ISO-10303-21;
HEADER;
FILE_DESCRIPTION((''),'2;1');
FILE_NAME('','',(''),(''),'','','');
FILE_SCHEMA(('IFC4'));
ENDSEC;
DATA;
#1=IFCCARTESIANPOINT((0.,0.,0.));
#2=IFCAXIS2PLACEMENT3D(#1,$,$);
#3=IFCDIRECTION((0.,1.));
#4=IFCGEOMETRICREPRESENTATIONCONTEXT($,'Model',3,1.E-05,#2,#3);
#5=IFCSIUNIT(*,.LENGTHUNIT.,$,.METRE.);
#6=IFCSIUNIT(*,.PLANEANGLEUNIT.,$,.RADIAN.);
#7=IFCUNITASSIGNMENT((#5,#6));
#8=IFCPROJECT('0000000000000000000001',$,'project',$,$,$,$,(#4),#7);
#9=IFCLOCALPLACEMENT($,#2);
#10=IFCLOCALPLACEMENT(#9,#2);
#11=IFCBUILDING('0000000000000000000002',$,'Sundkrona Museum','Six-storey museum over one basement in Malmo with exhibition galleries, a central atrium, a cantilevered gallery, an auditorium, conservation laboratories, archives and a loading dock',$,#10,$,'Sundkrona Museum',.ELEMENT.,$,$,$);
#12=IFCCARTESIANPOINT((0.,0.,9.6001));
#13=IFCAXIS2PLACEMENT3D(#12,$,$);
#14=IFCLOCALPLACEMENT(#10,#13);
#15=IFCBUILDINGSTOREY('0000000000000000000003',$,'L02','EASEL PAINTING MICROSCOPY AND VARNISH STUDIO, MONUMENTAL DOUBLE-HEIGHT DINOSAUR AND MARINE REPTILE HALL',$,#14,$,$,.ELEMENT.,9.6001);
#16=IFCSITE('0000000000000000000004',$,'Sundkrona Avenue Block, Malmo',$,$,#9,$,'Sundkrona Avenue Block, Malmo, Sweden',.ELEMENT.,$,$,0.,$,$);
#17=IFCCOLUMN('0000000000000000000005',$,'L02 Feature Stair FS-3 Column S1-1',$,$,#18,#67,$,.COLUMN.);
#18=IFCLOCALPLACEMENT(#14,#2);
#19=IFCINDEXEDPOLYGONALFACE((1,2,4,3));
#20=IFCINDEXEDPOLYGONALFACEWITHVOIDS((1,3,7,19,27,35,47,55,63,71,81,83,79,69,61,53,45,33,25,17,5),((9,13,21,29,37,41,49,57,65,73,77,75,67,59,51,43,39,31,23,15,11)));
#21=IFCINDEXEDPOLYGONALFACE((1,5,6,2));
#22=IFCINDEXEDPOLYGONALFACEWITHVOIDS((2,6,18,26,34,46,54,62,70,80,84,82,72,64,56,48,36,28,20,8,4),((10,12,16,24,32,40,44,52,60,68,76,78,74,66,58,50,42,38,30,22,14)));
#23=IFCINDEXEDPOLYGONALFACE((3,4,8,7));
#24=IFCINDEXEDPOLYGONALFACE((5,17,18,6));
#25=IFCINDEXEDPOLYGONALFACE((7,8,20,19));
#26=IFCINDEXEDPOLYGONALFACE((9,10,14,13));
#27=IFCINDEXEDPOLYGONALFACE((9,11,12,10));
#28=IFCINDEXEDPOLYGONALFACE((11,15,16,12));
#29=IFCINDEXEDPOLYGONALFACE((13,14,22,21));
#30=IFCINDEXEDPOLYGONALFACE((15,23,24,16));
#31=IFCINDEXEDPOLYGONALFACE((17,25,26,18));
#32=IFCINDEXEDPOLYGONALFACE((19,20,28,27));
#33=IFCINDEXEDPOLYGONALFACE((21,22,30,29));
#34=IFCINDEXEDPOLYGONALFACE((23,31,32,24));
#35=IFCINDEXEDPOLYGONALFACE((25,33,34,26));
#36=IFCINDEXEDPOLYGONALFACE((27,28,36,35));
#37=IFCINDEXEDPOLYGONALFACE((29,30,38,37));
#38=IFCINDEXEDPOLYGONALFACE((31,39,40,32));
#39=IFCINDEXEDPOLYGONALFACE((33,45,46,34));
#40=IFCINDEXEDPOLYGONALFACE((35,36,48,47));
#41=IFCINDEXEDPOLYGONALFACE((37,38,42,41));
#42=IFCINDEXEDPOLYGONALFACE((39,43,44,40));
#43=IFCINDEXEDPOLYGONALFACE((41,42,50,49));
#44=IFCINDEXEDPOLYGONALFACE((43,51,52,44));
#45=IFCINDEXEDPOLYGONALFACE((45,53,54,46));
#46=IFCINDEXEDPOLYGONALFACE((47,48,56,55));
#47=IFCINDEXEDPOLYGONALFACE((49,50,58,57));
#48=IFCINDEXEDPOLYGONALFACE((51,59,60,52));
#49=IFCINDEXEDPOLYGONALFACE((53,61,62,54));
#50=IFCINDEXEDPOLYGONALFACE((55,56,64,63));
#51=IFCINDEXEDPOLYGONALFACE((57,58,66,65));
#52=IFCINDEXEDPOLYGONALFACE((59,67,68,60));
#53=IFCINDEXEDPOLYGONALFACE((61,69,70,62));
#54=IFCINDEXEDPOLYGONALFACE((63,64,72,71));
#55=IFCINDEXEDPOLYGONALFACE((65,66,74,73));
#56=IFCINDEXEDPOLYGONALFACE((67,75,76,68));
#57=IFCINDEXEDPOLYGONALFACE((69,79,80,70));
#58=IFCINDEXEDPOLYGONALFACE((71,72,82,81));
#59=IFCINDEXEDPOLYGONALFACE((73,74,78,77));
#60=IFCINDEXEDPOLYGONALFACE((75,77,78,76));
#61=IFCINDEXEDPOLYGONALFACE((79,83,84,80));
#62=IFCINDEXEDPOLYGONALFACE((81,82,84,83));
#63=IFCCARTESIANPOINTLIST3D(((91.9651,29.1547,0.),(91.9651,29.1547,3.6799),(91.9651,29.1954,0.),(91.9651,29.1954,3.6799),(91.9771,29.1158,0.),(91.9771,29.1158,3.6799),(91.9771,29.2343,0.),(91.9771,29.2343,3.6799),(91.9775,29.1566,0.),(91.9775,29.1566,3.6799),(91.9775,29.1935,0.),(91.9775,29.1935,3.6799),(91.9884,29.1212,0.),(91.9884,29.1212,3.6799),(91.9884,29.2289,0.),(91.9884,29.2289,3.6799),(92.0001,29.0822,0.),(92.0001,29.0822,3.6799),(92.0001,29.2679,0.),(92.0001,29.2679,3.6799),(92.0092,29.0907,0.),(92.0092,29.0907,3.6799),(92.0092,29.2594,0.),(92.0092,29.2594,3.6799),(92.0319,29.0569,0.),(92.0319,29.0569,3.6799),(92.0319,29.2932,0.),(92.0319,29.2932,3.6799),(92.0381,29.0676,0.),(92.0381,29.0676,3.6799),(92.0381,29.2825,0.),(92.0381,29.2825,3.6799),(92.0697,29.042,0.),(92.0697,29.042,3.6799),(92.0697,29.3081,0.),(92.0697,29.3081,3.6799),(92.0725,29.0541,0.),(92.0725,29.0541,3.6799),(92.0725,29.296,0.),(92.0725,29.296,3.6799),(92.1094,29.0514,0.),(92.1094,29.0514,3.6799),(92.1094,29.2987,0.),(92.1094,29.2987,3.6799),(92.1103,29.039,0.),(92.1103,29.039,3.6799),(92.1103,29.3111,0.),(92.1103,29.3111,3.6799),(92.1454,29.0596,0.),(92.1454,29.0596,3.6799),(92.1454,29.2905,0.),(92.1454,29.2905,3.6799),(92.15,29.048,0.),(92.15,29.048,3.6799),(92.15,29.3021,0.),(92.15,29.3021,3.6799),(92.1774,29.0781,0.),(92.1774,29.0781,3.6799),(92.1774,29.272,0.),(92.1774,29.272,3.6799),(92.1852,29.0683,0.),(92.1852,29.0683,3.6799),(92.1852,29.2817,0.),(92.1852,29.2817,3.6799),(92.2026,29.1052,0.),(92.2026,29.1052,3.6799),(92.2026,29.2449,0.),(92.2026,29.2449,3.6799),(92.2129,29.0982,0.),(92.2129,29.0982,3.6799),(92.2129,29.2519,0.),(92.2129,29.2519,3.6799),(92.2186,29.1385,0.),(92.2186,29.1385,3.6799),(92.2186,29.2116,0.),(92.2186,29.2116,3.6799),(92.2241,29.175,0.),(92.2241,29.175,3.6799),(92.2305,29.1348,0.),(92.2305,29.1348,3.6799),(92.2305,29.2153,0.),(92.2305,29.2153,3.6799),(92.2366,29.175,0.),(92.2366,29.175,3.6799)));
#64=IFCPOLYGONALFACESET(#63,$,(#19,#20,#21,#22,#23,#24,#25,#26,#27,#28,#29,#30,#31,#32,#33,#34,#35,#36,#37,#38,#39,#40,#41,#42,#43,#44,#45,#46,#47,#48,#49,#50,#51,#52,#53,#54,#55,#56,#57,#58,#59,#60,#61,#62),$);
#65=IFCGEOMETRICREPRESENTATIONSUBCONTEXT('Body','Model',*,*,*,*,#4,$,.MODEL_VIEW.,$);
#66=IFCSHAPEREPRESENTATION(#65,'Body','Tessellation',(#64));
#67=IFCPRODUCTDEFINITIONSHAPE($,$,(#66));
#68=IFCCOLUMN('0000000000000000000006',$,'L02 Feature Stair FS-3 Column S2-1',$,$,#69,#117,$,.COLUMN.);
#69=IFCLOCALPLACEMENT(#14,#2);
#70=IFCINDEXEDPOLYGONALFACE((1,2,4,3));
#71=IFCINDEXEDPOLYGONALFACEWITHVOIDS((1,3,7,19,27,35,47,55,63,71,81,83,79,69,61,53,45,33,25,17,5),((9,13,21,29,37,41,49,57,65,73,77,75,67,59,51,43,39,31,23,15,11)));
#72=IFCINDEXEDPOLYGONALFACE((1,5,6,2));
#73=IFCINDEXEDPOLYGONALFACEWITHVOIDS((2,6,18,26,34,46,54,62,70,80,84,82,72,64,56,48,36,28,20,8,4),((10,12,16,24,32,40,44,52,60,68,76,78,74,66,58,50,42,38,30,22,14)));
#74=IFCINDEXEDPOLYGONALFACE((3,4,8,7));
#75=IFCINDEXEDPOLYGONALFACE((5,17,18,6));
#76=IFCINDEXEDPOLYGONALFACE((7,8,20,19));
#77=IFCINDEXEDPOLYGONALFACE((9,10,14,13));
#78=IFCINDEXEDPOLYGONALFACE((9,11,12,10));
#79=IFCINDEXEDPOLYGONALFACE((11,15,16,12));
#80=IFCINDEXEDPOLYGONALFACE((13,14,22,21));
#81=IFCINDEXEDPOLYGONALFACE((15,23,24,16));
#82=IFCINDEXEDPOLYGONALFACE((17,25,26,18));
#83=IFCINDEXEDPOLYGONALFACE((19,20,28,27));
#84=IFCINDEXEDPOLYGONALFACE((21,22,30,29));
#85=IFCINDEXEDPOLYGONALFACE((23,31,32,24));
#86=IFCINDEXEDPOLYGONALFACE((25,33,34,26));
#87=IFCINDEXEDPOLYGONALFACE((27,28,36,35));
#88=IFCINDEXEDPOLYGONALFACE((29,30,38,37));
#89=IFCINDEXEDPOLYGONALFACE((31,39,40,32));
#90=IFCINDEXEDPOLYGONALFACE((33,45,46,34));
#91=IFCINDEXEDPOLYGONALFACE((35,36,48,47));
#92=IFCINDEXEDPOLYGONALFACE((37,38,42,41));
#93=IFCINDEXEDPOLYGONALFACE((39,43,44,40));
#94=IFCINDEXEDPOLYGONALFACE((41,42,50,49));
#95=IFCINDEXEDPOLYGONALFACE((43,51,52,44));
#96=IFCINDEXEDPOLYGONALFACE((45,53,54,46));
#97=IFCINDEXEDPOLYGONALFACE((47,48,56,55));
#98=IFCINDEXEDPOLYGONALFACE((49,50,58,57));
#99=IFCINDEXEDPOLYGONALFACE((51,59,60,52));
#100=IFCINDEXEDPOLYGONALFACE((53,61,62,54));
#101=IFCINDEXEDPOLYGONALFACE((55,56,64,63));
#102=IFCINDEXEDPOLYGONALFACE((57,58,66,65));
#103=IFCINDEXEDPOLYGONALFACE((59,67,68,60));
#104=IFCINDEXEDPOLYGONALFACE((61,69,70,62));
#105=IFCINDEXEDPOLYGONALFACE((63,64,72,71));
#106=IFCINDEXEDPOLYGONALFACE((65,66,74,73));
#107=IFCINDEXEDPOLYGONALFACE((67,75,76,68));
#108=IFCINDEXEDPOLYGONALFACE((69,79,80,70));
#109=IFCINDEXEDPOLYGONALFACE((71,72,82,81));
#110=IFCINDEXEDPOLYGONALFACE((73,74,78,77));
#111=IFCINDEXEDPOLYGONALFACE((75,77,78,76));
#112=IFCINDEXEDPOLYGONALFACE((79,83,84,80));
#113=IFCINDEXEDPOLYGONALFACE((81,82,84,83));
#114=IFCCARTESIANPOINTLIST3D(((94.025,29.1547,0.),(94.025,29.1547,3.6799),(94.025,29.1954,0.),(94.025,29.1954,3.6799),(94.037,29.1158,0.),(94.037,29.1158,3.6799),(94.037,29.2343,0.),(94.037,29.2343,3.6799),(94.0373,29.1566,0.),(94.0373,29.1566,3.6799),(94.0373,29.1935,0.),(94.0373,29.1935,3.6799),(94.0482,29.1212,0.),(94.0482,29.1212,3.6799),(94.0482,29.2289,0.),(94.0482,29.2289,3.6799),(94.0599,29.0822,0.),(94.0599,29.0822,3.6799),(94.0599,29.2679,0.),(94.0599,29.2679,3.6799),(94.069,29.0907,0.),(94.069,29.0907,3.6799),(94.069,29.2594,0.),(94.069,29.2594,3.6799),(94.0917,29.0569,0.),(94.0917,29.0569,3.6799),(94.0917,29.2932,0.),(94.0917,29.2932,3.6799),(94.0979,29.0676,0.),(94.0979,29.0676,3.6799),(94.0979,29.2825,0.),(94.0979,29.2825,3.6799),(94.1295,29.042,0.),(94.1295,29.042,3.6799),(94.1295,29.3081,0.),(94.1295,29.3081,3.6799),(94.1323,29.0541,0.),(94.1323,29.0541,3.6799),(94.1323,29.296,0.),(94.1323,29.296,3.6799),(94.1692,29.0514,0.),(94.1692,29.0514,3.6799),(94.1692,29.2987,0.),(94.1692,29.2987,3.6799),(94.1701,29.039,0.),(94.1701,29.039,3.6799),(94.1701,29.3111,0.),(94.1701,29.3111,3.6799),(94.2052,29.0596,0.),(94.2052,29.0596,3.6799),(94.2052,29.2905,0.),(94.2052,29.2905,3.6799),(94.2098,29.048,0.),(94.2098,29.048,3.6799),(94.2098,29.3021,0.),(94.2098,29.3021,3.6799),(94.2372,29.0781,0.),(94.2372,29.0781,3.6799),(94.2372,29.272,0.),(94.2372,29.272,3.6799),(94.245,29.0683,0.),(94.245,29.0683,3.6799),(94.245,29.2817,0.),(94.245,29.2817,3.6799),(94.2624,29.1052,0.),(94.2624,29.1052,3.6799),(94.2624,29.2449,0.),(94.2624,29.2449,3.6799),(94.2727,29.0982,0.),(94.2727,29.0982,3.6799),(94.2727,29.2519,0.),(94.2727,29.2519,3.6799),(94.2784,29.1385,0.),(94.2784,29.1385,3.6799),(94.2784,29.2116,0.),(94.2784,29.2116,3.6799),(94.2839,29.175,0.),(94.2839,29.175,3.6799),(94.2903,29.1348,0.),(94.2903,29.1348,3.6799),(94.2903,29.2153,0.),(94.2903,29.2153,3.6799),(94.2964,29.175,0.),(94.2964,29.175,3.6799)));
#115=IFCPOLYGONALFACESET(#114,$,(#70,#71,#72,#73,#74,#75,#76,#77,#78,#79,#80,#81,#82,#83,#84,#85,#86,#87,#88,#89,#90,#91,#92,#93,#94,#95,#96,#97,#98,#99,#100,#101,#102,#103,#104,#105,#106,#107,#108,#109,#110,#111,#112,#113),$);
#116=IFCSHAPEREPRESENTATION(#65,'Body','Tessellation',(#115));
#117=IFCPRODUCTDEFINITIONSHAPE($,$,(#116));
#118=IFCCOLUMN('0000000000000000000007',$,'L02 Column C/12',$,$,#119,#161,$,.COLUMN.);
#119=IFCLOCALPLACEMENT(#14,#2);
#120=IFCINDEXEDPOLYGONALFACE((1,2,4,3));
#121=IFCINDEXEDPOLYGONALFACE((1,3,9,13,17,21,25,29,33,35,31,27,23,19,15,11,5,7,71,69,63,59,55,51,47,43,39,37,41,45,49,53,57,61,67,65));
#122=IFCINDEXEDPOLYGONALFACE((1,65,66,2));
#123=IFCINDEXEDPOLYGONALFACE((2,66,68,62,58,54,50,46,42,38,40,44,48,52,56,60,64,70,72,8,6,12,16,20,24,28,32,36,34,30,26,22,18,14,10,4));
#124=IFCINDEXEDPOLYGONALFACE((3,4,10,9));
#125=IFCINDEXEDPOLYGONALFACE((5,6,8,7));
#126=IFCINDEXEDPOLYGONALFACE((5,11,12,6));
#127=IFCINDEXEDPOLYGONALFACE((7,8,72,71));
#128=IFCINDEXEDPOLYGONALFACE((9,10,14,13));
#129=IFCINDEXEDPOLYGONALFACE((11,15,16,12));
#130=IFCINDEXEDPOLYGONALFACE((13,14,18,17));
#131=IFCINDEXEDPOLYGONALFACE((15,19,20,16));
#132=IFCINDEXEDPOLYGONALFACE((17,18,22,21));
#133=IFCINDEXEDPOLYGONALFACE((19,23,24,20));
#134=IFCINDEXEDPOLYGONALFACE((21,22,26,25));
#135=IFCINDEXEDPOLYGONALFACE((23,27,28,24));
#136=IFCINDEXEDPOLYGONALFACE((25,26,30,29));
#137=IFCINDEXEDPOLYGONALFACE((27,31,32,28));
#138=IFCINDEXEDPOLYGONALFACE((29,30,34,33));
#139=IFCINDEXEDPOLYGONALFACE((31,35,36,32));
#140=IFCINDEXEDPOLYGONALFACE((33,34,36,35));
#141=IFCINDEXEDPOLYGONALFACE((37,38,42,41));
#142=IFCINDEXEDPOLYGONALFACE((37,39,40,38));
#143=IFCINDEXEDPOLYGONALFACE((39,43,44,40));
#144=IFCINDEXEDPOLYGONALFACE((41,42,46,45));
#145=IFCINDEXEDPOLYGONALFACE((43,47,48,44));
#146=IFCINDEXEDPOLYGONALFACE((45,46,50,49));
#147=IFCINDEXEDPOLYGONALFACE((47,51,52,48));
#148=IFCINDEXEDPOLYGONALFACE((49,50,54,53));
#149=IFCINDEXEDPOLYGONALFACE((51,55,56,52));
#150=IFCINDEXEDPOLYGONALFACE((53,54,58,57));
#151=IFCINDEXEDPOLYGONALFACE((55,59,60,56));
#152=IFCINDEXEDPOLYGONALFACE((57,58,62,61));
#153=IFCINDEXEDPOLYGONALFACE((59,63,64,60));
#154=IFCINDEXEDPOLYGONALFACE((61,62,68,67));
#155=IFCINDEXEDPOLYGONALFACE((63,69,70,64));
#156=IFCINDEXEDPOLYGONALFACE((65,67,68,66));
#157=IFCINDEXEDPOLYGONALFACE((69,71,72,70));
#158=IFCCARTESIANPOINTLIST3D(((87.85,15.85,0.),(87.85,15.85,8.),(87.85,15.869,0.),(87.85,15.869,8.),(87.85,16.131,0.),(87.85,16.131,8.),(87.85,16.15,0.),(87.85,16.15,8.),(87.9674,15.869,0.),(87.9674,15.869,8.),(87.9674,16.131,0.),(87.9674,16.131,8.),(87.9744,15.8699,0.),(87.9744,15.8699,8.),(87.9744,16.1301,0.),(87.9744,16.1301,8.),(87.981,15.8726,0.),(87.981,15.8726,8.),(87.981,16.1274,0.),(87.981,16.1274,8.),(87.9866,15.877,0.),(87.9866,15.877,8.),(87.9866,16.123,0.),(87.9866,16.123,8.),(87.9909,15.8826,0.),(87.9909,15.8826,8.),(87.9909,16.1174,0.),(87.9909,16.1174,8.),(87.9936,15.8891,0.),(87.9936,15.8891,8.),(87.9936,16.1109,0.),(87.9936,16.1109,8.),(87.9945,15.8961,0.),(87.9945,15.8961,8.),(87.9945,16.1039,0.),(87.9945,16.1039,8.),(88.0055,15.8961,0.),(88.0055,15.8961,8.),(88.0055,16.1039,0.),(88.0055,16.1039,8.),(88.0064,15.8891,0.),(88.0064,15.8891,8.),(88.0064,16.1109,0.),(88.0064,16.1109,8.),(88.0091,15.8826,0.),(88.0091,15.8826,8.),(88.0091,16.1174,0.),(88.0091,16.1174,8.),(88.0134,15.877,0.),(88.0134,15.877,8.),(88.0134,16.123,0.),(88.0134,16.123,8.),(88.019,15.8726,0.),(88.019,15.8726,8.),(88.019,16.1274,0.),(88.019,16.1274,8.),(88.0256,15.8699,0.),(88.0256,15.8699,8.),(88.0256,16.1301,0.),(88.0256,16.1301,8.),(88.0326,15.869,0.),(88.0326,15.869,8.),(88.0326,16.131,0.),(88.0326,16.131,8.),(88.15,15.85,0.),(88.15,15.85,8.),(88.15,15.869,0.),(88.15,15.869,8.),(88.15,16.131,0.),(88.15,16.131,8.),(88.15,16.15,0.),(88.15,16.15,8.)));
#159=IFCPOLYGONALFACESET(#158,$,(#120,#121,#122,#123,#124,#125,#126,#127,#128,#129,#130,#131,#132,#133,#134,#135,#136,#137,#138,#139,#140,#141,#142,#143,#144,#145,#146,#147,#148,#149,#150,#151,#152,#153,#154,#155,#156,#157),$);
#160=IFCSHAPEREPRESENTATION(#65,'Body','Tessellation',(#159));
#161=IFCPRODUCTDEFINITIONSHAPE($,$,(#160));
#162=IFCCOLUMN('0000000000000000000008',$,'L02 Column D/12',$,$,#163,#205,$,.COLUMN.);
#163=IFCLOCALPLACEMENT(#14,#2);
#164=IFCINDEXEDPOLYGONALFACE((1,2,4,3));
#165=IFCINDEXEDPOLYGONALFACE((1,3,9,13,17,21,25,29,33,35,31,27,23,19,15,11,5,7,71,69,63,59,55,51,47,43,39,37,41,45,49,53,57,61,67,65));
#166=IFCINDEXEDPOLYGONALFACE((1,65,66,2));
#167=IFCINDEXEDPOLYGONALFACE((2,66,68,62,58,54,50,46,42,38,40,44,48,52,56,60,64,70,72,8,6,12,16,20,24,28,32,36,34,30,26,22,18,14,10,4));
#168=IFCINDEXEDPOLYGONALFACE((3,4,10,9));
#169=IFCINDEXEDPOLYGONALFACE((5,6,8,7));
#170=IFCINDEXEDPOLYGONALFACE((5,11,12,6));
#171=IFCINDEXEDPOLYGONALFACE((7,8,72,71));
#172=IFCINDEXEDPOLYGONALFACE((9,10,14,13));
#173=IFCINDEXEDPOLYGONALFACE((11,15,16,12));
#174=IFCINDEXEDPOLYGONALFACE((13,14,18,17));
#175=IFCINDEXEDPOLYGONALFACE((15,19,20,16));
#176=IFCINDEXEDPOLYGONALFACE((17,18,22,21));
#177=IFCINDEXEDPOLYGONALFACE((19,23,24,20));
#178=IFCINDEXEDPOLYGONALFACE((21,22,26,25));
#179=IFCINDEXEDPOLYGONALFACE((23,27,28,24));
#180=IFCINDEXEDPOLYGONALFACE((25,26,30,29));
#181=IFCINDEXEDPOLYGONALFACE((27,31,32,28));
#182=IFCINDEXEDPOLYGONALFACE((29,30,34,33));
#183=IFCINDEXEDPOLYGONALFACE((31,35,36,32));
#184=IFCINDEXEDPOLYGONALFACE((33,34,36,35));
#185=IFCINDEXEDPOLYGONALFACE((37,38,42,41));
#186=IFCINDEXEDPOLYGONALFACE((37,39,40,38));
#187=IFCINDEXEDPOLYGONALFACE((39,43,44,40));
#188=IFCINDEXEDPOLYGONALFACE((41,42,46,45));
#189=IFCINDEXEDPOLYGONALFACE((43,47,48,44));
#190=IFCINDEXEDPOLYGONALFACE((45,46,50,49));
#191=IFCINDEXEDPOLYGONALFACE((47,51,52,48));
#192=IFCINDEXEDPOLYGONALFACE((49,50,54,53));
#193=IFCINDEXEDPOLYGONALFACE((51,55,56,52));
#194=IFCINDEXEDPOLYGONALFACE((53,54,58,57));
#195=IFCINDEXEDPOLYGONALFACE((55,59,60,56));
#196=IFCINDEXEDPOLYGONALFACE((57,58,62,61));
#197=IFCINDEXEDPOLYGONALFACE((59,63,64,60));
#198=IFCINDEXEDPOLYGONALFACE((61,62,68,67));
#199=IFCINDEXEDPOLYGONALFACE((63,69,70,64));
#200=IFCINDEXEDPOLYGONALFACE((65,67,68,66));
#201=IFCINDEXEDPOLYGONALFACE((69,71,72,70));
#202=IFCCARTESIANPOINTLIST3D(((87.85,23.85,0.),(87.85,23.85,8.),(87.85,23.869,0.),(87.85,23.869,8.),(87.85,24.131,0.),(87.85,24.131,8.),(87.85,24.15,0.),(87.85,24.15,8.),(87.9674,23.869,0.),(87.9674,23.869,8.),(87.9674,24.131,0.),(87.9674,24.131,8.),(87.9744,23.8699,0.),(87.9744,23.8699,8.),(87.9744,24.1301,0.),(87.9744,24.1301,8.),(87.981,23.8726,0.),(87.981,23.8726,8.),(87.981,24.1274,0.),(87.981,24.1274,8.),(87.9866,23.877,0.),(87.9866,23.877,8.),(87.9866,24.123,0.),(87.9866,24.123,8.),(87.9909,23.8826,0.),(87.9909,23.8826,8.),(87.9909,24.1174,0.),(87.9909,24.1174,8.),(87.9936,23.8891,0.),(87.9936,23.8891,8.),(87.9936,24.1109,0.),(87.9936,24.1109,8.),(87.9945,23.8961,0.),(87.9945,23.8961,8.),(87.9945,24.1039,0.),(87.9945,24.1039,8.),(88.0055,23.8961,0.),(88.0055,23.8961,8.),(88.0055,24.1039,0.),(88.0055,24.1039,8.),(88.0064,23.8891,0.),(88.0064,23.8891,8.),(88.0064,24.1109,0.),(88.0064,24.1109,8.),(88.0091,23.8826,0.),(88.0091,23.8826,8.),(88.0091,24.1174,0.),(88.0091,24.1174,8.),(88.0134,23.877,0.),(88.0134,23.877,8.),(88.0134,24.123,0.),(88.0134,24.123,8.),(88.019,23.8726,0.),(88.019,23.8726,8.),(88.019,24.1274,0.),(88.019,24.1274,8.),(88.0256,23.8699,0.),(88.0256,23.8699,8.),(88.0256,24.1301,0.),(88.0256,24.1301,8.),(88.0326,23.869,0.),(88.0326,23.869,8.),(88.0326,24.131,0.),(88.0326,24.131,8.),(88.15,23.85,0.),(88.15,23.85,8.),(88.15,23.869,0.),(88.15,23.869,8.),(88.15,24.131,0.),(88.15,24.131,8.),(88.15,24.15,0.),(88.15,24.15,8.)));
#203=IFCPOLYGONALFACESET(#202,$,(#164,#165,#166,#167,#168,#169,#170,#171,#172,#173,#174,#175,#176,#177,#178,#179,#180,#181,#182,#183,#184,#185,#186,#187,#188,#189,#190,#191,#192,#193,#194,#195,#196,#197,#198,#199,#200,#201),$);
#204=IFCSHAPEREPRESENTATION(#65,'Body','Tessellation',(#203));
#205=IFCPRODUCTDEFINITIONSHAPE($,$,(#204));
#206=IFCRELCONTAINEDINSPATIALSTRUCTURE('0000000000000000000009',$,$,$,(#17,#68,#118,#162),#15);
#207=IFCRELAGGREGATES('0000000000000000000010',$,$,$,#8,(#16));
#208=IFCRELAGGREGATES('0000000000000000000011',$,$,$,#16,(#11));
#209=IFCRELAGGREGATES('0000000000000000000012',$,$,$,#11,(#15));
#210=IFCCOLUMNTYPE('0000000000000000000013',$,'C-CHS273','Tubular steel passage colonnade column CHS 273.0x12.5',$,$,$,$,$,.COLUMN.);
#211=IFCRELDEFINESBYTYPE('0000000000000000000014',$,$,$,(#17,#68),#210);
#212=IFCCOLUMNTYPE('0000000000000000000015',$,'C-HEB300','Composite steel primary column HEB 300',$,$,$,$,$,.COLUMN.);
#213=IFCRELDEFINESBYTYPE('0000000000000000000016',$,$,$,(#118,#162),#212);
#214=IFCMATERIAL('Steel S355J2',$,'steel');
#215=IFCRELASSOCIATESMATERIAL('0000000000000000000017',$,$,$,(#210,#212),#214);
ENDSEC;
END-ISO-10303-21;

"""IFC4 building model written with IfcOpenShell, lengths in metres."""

from ifc_helpers import new_model, si_unit, direction, frame, origin, origin_2d, place, context, subcontext, project, spatial, hollow_circle, i_section, extrude, material, material_profile, profile_set, type_object, element, save


model = new_model("IFC4")

# Units and contexts
model_context = context("Model", 3, precision=1e-05, world=origin(), true_north=direction((0.0, 1.0)))
body_context = subcontext(model_context, "Body", "Model", "MODEL_VIEW")
ifc_project = project(units=[si_unit("LENGTHUNIT", "METRE"), si_unit("PLANEANGLEUNIT", "RADIAN")], contexts=[model_context])

# Site, building, storey
site_placement = place(None, origin())
site = spatial("IfcSite", under=ifc_project, at=site_placement, Name="Sundkrona Avenue Block, Malmo", LongName="Sundkrona Avenue Block, Malmo, Sweden", CompositionType="ELEMENT", RefElevation=0.0)
building_placement = place(site_placement, origin())
building = spatial("IfcBuilding", under=site, at=building_placement, Name="Sundkrona Museum", Description="Six-storey museum over one basement in Malmo with exhibition galleries, a central atrium, a cantilevered gallery, an auditorium, conservation laboratories, archives and a loading dock", LongName="Sundkrona Museum", CompositionType="ELEMENT")
storey_placement = place(building_placement, frame((0.0, 0.0, 9.6001)))
storey = spatial("IfcBuildingStorey", under=building, at=storey_placement, Name="L02", Description="EASEL PAINTING MICROSCOPY AND VARNISH STUDIO, MONUMENTAL DOUBLE-HEIGHT DINOSAUR AND MARINE REPTILE HALL", CompositionType="ELEMENT", Elevation=9.6001)

# Columns
ifc_material_1 = material(Name="Steel S355J2", Category="steel")
ifc_material_profile_1 = material_profile(ifc_material_1, hollow_circle(Radius=0.1365, WallThickness=0.0125, at=origin_2d()), Name="CHS 273.0x12.5")
ifc_profile_set_1 = profile_set([ifc_material_profile_1], Name="Steel S355J2")
column_type_1 = type_object("IfcColumnType", Name="C-CHS273", Description="Tubular steel passage colonnade column CHS 273.0x12.5", PredefinedType="COLUMN", material=ifc_profile_set_1)
for number, where, z_axis, x_axis, name in (
    (1, (92.1001, 29.175, 0.0), (0.0, 0.0, 1.0), (1.0, 0.0, 0.0), "L02 Feature Stair FS-3 Column S1-1"),
    (2, (94.1599, 29.175, 0.0), (0.0, 0.0, 1.0), (1.0, 0.0, 0.0), "L02 Feature Stair FS-3 Column S2-1"),
):
    element("IfcColumn", number, at=place(storey_placement, frame(where, z_axis=z_axis, x_axis=x_axis)), inside=storey, type_object=column_type_1, Name=name, PredefinedType="COLUMN", context=body_context, shape_type="SweptSolid", body=[
        extrude(hollow_circle(Radius=0.1365, WallThickness=0.0125, at=origin_2d()), origin(), (0.0, 0.0, 1.0), 3.6799),
    ])
ifc_material_profile_2 = material_profile(ifc_material_1, i_section(OverallWidth=0.3, OverallDepth=0.3, WebThickness=0.011, FlangeThickness=0.019, FilletRadius=0.0271, at=origin_2d()), Name="HEB 300")
ifc_profile_set_2 = profile_set([ifc_material_profile_2], Name="Steel S355J2")
column_type_2 = type_object("IfcColumnType", Name="C-HEB300", Description="Composite steel primary column HEB 300", PredefinedType="COLUMN", material=ifc_profile_set_2)
for number, where, z_axis, x_axis, name in (
    (3, (88.0, 16.0, 0.0), (0.0, 0.0, 1.0), (1.0, 0.0, 0.0), "L02 Column C/12"),
    (4, (88.0, 24.0, 0.0), (0.0, 0.0, 1.0), (1.0, 0.0, 0.0), "L02 Column D/12"),
):
    element("IfcColumn", number, at=place(storey_placement, frame(where, z_axis=z_axis, x_axis=x_axis)), inside=storey, type_object=column_type_2, Name=name, PredefinedType="COLUMN", context=body_context, shape_type="SweptSolid", body=[
        extrude(i_section(OverallWidth=0.3, OverallDepth=0.3, WebThickness=0.011, FlangeThickness=0.019, FilletRadius=0.0271, at=origin_2d()), origin(), (0.0, 0.0, 1.0), 8.0),
    ])

save(model, "model.ifc")
